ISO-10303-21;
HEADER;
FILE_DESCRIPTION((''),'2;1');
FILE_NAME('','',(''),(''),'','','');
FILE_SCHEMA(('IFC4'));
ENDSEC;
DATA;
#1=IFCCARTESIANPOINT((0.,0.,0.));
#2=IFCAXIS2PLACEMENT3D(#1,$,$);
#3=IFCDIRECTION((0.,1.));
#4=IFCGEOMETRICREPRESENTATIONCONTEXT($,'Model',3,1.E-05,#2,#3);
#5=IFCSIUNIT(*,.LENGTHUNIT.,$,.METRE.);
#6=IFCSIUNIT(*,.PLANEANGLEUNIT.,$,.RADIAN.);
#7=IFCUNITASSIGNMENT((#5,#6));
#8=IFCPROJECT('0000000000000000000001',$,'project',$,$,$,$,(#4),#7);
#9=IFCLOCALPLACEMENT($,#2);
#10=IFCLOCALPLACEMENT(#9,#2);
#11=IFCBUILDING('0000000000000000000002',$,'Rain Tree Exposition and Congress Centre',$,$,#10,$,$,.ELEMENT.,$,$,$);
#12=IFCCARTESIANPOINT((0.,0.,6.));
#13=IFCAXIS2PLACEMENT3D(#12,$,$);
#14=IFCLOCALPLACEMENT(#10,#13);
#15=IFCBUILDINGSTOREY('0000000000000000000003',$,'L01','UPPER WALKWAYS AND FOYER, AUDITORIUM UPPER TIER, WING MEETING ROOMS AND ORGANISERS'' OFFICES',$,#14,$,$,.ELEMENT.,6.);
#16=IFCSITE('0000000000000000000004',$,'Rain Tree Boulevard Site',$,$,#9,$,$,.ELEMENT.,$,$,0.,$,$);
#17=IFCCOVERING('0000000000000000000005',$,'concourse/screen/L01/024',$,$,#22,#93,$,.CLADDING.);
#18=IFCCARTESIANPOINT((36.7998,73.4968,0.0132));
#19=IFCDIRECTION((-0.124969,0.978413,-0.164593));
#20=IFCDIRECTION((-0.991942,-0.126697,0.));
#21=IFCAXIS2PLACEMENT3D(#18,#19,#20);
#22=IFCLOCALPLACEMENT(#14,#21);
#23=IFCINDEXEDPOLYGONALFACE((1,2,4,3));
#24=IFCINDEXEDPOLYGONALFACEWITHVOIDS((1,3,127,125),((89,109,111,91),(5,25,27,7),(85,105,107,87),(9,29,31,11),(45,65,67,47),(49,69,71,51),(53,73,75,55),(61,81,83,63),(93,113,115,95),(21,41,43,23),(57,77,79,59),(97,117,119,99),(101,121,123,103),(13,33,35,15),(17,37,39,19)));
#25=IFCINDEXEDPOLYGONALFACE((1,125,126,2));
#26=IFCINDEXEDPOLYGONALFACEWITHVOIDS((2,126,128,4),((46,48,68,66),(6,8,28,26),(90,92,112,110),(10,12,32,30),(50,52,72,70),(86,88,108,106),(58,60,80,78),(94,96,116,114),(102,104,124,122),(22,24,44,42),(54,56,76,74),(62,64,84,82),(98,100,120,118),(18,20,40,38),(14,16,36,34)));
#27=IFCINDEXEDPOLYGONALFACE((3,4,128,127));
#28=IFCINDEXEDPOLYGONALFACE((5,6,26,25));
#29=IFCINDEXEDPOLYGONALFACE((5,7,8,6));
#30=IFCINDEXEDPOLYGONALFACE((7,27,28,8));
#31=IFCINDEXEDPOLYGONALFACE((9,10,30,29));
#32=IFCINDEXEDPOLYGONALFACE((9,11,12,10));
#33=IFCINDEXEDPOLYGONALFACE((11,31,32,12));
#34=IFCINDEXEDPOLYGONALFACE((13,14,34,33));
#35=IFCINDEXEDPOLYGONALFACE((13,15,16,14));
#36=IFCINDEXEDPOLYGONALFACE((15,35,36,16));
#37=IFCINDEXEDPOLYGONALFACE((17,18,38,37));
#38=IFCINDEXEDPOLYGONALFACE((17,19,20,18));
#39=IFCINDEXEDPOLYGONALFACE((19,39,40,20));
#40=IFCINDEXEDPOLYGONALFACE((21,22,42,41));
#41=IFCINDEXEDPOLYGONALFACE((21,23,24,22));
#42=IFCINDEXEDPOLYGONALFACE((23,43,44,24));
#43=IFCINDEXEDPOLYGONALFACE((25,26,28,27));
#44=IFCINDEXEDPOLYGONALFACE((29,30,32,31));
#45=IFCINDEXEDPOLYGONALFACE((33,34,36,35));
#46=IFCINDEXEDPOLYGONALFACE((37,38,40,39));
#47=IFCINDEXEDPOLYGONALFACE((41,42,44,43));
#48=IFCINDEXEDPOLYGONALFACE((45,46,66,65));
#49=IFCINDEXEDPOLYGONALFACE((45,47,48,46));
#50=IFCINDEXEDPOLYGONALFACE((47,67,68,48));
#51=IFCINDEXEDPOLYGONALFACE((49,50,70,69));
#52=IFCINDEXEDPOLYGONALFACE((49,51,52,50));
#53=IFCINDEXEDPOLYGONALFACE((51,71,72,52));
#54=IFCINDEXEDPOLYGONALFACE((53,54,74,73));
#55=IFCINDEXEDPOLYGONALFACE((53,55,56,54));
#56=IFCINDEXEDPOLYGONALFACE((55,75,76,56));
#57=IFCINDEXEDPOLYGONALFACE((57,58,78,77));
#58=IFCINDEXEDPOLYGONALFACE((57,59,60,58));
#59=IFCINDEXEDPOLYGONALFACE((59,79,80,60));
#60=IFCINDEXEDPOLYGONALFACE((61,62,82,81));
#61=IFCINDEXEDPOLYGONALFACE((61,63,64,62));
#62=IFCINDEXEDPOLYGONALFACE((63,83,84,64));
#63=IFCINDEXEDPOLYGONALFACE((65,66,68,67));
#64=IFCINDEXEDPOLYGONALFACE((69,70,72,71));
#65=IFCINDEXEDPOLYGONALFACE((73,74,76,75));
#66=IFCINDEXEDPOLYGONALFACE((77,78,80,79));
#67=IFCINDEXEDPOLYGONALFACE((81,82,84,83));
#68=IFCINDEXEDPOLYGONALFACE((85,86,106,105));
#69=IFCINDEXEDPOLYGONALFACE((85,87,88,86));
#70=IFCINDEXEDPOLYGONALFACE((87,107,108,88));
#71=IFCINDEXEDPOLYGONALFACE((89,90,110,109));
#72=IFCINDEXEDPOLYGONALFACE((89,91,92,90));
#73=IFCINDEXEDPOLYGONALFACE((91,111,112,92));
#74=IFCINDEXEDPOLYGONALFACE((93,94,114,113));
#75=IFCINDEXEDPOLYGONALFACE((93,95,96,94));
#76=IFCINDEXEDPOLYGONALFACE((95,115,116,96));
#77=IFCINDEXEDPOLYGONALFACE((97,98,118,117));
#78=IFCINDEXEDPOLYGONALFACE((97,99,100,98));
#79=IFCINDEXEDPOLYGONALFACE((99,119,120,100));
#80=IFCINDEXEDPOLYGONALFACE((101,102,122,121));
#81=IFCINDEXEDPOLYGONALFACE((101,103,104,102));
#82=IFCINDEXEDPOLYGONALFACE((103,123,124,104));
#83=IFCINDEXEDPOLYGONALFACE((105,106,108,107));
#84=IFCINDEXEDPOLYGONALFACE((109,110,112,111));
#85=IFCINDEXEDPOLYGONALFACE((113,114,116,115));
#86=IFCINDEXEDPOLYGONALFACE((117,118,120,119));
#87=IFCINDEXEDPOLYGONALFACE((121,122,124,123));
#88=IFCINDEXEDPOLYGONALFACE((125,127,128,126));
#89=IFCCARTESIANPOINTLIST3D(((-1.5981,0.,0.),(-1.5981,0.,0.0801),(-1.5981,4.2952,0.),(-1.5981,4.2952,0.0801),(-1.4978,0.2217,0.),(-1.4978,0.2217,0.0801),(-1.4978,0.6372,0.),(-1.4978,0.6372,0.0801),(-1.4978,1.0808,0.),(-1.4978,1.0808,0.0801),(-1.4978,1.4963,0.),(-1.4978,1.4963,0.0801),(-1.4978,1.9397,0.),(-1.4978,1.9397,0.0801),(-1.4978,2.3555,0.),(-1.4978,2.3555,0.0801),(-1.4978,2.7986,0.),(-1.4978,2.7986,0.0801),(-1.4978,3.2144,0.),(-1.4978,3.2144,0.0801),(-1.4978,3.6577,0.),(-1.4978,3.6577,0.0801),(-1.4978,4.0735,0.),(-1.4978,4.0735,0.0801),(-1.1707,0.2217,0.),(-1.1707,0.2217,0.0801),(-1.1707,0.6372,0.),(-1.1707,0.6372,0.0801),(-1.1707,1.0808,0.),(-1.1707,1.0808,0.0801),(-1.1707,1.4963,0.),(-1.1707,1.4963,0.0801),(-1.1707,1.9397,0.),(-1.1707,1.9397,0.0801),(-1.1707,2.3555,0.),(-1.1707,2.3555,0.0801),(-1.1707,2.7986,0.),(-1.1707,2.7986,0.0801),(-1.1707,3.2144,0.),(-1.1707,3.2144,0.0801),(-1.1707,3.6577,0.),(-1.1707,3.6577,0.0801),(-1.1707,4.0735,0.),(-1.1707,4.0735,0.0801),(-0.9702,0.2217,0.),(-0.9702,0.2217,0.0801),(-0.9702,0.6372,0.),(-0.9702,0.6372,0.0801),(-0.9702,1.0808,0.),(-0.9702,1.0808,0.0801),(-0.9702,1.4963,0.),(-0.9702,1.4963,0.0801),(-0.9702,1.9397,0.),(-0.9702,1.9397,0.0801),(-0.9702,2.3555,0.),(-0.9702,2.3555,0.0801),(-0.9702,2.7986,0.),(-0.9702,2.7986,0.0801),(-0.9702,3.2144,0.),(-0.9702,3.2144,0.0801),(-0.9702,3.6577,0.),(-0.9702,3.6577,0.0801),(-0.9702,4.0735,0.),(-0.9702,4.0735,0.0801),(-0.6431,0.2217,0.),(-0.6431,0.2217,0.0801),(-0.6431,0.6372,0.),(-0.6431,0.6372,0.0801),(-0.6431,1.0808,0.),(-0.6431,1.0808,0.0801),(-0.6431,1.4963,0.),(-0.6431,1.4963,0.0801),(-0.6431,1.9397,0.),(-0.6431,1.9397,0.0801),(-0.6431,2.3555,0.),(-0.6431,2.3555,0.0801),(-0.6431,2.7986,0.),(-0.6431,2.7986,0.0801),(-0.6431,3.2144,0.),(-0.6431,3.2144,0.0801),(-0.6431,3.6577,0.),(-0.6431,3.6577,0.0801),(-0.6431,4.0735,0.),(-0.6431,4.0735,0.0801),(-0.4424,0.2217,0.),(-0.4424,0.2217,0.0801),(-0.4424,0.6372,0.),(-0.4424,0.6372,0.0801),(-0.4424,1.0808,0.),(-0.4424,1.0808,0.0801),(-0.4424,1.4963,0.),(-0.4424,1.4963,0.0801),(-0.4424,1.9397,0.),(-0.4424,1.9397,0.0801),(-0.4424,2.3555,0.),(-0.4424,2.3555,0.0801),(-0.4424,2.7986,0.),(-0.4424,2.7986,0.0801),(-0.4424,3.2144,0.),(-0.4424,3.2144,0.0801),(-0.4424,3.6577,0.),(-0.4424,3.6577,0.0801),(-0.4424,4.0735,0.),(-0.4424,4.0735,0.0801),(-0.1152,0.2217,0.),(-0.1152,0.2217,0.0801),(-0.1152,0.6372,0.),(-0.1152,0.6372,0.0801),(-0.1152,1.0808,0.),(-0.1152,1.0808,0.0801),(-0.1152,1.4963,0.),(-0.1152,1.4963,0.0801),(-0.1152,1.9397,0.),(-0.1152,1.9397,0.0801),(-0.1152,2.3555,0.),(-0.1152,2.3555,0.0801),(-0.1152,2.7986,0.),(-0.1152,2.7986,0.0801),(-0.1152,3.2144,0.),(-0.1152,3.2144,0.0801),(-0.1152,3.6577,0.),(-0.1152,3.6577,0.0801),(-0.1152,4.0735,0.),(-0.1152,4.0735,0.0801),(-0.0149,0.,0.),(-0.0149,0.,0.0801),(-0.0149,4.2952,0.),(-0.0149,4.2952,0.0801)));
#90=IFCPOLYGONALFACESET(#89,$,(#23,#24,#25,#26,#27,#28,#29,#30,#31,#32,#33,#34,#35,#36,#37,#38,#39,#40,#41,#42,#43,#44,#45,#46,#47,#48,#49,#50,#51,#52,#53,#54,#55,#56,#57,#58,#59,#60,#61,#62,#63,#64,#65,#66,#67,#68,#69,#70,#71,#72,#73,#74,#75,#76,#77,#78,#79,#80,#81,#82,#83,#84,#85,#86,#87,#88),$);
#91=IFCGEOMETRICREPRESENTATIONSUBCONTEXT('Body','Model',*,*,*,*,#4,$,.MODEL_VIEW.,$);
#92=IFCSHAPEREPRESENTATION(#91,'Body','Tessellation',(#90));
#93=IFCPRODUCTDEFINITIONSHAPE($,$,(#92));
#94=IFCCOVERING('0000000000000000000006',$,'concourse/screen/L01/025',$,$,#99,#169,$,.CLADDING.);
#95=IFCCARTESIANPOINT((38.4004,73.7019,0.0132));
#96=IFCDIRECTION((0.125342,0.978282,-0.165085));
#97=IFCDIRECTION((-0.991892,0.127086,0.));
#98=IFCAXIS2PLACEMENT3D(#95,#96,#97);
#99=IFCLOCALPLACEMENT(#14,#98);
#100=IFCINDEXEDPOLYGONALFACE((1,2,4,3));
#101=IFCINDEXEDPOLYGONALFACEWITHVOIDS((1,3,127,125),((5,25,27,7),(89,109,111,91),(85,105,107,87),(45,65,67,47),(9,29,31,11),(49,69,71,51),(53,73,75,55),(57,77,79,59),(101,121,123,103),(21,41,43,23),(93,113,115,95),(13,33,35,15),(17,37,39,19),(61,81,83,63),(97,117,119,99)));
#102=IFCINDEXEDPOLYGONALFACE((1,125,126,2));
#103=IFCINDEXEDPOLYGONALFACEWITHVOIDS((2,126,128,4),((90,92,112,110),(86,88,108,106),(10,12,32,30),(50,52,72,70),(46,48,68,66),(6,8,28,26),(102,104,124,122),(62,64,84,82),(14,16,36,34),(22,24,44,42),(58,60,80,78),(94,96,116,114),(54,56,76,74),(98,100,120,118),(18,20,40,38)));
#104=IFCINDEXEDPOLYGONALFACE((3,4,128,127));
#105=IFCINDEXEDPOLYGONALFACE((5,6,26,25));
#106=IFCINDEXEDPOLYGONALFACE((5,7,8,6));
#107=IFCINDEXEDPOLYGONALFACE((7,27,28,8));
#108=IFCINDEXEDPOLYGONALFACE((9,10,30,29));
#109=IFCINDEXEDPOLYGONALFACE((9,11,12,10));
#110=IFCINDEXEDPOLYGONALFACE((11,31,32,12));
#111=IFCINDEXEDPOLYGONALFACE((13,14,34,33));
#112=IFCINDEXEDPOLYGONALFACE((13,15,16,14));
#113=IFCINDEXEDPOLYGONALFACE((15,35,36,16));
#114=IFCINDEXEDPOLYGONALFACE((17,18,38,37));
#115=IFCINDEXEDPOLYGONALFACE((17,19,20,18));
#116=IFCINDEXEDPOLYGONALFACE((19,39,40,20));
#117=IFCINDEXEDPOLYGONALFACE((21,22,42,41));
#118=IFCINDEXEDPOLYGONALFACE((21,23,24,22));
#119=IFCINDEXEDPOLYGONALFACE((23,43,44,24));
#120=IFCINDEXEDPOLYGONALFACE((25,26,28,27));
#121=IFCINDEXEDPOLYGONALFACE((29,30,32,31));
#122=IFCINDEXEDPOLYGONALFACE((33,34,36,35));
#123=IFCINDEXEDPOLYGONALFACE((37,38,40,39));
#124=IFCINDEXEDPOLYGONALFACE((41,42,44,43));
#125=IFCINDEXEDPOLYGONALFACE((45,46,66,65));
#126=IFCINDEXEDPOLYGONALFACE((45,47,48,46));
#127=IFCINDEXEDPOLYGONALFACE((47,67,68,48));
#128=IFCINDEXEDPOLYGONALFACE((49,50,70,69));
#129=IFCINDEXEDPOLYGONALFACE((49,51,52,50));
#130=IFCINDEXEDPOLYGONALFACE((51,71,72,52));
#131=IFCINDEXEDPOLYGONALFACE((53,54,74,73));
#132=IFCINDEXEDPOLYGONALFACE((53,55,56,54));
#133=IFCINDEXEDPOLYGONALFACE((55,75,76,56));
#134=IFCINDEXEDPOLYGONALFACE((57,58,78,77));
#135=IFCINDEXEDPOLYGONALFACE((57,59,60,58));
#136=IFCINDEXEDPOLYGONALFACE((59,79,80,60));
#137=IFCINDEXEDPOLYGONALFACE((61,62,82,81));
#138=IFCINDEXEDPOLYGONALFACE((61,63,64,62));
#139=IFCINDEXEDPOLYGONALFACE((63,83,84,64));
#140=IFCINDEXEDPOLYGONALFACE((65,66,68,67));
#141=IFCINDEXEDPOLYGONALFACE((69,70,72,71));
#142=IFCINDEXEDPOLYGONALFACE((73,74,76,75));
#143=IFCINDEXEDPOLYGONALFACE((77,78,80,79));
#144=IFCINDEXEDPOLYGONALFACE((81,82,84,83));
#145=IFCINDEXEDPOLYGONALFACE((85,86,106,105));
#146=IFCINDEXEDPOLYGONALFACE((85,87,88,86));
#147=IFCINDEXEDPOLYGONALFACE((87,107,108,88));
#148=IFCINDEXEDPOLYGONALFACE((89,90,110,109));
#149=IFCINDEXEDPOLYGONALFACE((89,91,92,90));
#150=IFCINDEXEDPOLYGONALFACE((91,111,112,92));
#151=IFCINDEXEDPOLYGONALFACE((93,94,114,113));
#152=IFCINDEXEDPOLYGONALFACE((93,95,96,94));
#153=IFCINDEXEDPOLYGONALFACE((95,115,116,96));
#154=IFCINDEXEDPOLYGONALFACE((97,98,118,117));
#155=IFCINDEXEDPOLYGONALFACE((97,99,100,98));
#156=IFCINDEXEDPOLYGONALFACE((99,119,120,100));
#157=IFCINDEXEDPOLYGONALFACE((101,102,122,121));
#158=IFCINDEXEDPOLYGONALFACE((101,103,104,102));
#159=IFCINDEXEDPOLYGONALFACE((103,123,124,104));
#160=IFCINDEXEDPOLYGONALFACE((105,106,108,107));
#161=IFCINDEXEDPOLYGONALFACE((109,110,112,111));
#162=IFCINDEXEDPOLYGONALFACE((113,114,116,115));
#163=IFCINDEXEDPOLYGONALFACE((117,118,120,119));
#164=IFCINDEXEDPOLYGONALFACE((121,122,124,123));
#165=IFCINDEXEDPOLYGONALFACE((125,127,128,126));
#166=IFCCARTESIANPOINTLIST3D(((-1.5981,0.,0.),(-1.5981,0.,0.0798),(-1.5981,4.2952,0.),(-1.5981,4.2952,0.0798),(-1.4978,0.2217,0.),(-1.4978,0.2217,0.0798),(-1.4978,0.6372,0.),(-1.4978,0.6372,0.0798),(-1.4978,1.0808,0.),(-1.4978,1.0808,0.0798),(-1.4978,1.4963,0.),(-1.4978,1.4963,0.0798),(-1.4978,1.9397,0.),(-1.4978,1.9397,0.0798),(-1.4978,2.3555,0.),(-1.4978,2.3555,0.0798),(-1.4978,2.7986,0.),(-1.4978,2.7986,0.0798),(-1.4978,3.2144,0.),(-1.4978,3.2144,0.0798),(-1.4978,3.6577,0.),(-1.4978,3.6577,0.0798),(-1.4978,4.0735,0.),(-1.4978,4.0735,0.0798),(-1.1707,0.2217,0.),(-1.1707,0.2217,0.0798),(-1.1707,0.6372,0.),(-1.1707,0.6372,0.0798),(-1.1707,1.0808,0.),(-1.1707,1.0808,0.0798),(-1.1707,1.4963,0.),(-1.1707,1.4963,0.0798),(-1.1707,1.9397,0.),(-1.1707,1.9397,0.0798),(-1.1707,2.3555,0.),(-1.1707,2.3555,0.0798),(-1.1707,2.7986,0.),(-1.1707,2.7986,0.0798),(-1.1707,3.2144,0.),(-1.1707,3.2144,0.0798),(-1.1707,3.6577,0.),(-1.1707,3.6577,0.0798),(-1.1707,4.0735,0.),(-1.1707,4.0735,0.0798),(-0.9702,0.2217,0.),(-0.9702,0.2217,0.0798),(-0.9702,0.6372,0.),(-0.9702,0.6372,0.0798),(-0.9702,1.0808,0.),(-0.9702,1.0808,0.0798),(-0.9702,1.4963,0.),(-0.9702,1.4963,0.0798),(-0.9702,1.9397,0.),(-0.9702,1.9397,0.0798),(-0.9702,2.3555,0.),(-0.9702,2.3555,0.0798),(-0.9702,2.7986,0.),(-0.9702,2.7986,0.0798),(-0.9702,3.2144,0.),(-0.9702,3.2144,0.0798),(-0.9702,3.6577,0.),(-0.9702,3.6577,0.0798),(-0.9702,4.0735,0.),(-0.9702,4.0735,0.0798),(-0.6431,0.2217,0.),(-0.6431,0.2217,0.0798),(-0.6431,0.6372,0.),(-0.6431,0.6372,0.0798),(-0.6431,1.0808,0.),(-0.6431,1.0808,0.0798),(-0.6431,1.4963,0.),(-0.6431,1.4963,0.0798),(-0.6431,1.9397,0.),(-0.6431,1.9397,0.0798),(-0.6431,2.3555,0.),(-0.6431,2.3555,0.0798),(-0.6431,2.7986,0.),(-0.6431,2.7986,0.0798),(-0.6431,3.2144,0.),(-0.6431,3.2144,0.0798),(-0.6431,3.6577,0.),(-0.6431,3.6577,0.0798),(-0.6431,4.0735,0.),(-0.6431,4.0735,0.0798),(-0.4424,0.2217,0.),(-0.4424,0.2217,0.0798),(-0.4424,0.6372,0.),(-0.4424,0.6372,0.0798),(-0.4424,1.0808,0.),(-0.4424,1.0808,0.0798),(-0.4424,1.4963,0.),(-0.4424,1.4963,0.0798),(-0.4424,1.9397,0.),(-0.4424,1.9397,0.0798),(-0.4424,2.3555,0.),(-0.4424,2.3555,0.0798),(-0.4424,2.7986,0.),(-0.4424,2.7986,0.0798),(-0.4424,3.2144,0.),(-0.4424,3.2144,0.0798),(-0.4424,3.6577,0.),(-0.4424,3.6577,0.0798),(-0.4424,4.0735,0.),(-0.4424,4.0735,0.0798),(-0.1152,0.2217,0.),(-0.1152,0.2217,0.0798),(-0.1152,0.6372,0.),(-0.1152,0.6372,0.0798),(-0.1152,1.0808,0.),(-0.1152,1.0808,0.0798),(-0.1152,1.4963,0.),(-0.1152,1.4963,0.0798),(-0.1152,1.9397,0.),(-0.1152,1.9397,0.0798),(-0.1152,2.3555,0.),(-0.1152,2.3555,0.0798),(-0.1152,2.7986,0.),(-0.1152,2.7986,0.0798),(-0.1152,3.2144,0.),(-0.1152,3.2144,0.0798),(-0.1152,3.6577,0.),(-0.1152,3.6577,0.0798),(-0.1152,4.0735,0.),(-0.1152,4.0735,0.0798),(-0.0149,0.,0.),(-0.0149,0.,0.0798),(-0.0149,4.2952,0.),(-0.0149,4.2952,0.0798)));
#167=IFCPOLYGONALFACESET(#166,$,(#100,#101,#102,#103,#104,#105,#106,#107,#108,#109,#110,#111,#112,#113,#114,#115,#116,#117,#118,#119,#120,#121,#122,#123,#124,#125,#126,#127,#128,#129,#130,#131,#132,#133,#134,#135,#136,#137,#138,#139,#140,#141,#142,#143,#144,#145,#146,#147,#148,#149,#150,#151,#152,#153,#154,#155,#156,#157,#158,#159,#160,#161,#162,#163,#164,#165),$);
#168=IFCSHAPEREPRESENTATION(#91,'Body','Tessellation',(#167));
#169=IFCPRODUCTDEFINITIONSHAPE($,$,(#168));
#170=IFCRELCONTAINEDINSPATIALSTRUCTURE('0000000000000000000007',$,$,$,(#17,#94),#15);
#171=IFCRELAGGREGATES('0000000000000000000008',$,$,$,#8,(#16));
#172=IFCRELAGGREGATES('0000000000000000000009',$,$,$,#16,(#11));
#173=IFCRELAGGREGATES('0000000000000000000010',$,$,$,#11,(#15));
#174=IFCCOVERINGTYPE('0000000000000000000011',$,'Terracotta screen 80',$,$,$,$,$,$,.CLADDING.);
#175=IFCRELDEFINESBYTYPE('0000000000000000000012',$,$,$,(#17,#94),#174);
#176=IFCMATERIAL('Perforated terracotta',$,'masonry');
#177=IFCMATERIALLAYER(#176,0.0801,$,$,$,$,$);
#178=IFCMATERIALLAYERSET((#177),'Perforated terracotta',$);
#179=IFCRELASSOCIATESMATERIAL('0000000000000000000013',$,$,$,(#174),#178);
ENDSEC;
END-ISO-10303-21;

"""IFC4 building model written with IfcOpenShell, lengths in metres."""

from ifc_helpers import new_model, si_unit, direction, frame, origin, place, context, subcontext, project, spatial, polyline, outline, extrude, material, layer, layer_set, type_object, element, save


model = new_model("IFC4")

# Units and contexts
model_context = context("Model", 3, precision=1e-05, world=origin(), true_north=direction((0.0, 1.0)))
body_context = subcontext(model_context, "Body", "Model", "MODEL_VIEW")
ifc_project = project(units=[si_unit("LENGTHUNIT", "METRE"), si_unit("PLANEANGLEUNIT", "RADIAN")], contexts=[model_context])

# Site, building, storey
site_placement = place(None, origin())
site = spatial("IfcSite", under=ifc_project, at=site_placement, Name="Rain Tree Boulevard Site", CompositionType="ELEMENT", RefElevation=0.0)
building_placement = place(site_placement, origin())
building = spatial("IfcBuilding", under=site, at=building_placement, Name="Rain Tree Exposition and Congress Centre", CompositionType="ELEMENT")
storey_placement = place(building_placement, frame((0.0, 0.0, 6.0)))
storey = spatial("IfcBuildingStorey", under=building, at=storey_placement, Name="L01", Description="UPPER WALKWAYS AND FOYER, AUDITORIUM UPPER TIER, WING MEETING ROOMS AND ORGANISERS' OFFICES", CompositionType="ELEMENT", Elevation=6.0)

# Coverings
ifc_material_1 = material(Name="Perforated terracotta", Category="masonry")
ifc_layer = layer(ifc_material_1, 0.0801)
ifc_layer_set = layer_set([ifc_layer], Name="Perforated terracotta")
covering_type = type_object("IfcCoveringType", Name="Terracotta screen 80", PredefinedType="CLADDING", material=ifc_layer_set)
covering_1_placement = place(storey_placement, frame((36.7998, 73.4968, 0.0132), z_axis=(-0.124969, 0.978413, -0.164593), x_axis=(-0.991942, -0.126697, 0.0)))
element("IfcCovering", 1, at=covering_1_placement, inside=storey, type_object=covering_type, Name="concourse/screen/L01/024", PredefinedType="CLADDING", context=body_context, shape_type="SweptSolid", body=[
    extrude(outline(polyline([(-1.5981, 0.0), (-1.5981, 4.2952), (-0.0149, 4.2952), (-0.0149, 0.0), (-1.5981, 0.0)]), holes=[polyline([(-0.1152, 0.2217), (-0.1152, 0.6372), (-0.4424, 0.6372), (-0.4424, 0.2217), (-0.1152, 0.2217)]), polyline([(-0.1152, 1.0808), (-0.1152, 1.4963), (-0.4424, 1.4963), (-0.4424, 1.0808), (-0.1152, 1.0808)]), polyline([(-0.1152, 1.9397), (-0.1152, 2.3555), (-0.4424, 2.3555), (-0.4424, 1.9397), (-0.1152, 1.9397)]), polyline([(-0.1152, 2.7986), (-0.1152, 3.2144), (-0.4424, 3.2144), (-0.4424, 2.7986), (-0.1152, 2.7986)]), polyline([(-0.1152, 3.6577), (-0.1152, 4.0735), (-0.4424, 4.0735), (-0.4424, 3.6577), (-0.1152, 3.6577)]), polyline([(-0.6431, 0.2217), (-0.6431, 0.6372), (-0.9702, 0.6372), (-0.9702, 0.2217), (-0.6431, 0.2217)]), polyline([(-0.6431, 1.0808), (-0.6431, 1.4963), (-0.9702, 1.4963), (-0.9702, 1.0808), (-0.6431, 1.0808)]), polyline([(-0.6431, 1.9397), (-0.6431, 2.3555), (-0.9702, 2.3555), (-0.9702, 1.9397), (-0.6431, 1.9397)]), polyline([(-0.6431, 2.7986), (-0.6431, 3.2144), (-0.9702, 3.2144), (-0.9702, 2.7986), (-0.6431, 2.7986)]), polyline([(-0.6431, 3.6577), (-0.6431, 4.0735), (-0.9702, 4.0735), (-0.9702, 3.6577), (-0.6431, 3.6577)]), polyline([(-1.1707, 0.2217), (-1.1707, 0.6372), (-1.4978, 0.6372), (-1.4978, 0.2217), (-1.1707, 0.2217)]), polyline([(-1.1707, 1.0808), (-1.1707, 1.4963), (-1.4978, 1.4963), (-1.4978, 1.0808), (-1.1707, 1.0808)]), polyline([(-1.1707, 1.9397), (-1.1707, 2.3555), (-1.4978, 2.3555), (-1.4978, 1.9397), (-1.1707, 1.9397)]), polyline([(-1.1707, 2.7986), (-1.1707, 3.2144), (-1.4978, 3.2144), (-1.4978, 2.7986), (-1.1707, 2.7986)]), polyline([(-1.1707, 3.6577), (-1.1707, 4.0735), (-1.4978, 4.0735), (-1.4978, 3.6577), (-1.1707, 3.6577)])]), origin(), (0.0, 0.0, 1.0), 0.0801),
])
covering_2_placement = place(storey_placement, frame((38.4004, 73.7019, 0.0132), z_axis=(0.125342, 0.978282, -0.165085), x_axis=(-0.991892, 0.127086, 0.0)))
element("IfcCovering", 2, at=covering_2_placement, inside=storey, type_object=covering_type, Name="concourse/screen/L01/025", PredefinedType="CLADDING", context=body_context, shape_type="SweptSolid", body=[
    extrude(outline(polyline([(-1.5981, 0.0), (-1.5981, 4.2952), (-0.0149, 4.2952), (-0.0149, 0.0), (-1.5981, 0.0)]), holes=[polyline([(-0.1152, 0.2217), (-0.1152, 0.6372), (-0.4424, 0.6372), (-0.4424, 0.2217), (-0.1152, 0.2217)]), polyline([(-0.1152, 1.0808), (-0.1152, 1.4963), (-0.4424, 1.4963), (-0.4424, 1.0808), (-0.1152, 1.0808)]), polyline([(-0.1152, 1.9397), (-0.1152, 2.3555), (-0.4424, 2.3555), (-0.4424, 1.9397), (-0.1152, 1.9397)]), polyline([(-0.1152, 2.7986), (-0.1152, 3.2144), (-0.4424, 3.2144), (-0.4424, 2.7986), (-0.1152, 2.7986)]), polyline([(-0.1152, 3.6577), (-0.1152, 4.0735), (-0.4424, 4.0735), (-0.4424, 3.6577), (-0.1152, 3.6577)]), polyline([(-0.6431, 0.2217), (-0.6431, 0.6372), (-0.9702, 0.6372), (-0.9702, 0.2217), (-0.6431, 0.2217)]), polyline([(-0.6431, 1.0808), (-0.6431, 1.4963), (-0.9702, 1.4963), (-0.9702, 1.0808), (-0.6431, 1.0808)]), polyline([(-0.6431, 1.9397), (-0.6431, 2.3555), (-0.9702, 2.3555), (-0.9702, 1.9397), (-0.6431, 1.9397)]), polyline([(-0.6431, 2.7986), (-0.6431, 3.2144), (-0.9702, 3.2144), (-0.9702, 2.7986), (-0.6431, 2.7986)]), polyline([(-0.6431, 3.6577), (-0.6431, 4.0735), (-0.9702, 4.0735), (-0.9702, 3.6577), (-0.6431, 3.6577)]), polyline([(-1.1707, 0.2217), (-1.1707, 0.6372), (-1.4978, 0.6372), (-1.4978, 0.2217), (-1.1707, 0.2217)]), polyline([(-1.1707, 1.0808), (-1.1707, 1.4963), (-1.4978, 1.4963), (-1.4978, 1.0808), (-1.1707, 1.0808)]), polyline([(-1.1707, 1.9397), (-1.1707, 2.3555), (-1.4978, 2.3555), (-1.4978, 1.9397), (-1.1707, 1.9397)]), polyline([(-1.1707, 2.7986), (-1.1707, 3.2144), (-1.4978, 3.2144), (-1.4978, 2.7986), (-1.1707, 2.7986)]), polyline([(-1.1707, 3.6577), (-1.1707, 4.0735), (-1.4978, 4.0735), (-1.4978, 3.6577), (-1.1707, 3.6577)])]), origin(), (0.0, 0.0, 1.0), 0.0798),
])

save(model, "model.ifc")
